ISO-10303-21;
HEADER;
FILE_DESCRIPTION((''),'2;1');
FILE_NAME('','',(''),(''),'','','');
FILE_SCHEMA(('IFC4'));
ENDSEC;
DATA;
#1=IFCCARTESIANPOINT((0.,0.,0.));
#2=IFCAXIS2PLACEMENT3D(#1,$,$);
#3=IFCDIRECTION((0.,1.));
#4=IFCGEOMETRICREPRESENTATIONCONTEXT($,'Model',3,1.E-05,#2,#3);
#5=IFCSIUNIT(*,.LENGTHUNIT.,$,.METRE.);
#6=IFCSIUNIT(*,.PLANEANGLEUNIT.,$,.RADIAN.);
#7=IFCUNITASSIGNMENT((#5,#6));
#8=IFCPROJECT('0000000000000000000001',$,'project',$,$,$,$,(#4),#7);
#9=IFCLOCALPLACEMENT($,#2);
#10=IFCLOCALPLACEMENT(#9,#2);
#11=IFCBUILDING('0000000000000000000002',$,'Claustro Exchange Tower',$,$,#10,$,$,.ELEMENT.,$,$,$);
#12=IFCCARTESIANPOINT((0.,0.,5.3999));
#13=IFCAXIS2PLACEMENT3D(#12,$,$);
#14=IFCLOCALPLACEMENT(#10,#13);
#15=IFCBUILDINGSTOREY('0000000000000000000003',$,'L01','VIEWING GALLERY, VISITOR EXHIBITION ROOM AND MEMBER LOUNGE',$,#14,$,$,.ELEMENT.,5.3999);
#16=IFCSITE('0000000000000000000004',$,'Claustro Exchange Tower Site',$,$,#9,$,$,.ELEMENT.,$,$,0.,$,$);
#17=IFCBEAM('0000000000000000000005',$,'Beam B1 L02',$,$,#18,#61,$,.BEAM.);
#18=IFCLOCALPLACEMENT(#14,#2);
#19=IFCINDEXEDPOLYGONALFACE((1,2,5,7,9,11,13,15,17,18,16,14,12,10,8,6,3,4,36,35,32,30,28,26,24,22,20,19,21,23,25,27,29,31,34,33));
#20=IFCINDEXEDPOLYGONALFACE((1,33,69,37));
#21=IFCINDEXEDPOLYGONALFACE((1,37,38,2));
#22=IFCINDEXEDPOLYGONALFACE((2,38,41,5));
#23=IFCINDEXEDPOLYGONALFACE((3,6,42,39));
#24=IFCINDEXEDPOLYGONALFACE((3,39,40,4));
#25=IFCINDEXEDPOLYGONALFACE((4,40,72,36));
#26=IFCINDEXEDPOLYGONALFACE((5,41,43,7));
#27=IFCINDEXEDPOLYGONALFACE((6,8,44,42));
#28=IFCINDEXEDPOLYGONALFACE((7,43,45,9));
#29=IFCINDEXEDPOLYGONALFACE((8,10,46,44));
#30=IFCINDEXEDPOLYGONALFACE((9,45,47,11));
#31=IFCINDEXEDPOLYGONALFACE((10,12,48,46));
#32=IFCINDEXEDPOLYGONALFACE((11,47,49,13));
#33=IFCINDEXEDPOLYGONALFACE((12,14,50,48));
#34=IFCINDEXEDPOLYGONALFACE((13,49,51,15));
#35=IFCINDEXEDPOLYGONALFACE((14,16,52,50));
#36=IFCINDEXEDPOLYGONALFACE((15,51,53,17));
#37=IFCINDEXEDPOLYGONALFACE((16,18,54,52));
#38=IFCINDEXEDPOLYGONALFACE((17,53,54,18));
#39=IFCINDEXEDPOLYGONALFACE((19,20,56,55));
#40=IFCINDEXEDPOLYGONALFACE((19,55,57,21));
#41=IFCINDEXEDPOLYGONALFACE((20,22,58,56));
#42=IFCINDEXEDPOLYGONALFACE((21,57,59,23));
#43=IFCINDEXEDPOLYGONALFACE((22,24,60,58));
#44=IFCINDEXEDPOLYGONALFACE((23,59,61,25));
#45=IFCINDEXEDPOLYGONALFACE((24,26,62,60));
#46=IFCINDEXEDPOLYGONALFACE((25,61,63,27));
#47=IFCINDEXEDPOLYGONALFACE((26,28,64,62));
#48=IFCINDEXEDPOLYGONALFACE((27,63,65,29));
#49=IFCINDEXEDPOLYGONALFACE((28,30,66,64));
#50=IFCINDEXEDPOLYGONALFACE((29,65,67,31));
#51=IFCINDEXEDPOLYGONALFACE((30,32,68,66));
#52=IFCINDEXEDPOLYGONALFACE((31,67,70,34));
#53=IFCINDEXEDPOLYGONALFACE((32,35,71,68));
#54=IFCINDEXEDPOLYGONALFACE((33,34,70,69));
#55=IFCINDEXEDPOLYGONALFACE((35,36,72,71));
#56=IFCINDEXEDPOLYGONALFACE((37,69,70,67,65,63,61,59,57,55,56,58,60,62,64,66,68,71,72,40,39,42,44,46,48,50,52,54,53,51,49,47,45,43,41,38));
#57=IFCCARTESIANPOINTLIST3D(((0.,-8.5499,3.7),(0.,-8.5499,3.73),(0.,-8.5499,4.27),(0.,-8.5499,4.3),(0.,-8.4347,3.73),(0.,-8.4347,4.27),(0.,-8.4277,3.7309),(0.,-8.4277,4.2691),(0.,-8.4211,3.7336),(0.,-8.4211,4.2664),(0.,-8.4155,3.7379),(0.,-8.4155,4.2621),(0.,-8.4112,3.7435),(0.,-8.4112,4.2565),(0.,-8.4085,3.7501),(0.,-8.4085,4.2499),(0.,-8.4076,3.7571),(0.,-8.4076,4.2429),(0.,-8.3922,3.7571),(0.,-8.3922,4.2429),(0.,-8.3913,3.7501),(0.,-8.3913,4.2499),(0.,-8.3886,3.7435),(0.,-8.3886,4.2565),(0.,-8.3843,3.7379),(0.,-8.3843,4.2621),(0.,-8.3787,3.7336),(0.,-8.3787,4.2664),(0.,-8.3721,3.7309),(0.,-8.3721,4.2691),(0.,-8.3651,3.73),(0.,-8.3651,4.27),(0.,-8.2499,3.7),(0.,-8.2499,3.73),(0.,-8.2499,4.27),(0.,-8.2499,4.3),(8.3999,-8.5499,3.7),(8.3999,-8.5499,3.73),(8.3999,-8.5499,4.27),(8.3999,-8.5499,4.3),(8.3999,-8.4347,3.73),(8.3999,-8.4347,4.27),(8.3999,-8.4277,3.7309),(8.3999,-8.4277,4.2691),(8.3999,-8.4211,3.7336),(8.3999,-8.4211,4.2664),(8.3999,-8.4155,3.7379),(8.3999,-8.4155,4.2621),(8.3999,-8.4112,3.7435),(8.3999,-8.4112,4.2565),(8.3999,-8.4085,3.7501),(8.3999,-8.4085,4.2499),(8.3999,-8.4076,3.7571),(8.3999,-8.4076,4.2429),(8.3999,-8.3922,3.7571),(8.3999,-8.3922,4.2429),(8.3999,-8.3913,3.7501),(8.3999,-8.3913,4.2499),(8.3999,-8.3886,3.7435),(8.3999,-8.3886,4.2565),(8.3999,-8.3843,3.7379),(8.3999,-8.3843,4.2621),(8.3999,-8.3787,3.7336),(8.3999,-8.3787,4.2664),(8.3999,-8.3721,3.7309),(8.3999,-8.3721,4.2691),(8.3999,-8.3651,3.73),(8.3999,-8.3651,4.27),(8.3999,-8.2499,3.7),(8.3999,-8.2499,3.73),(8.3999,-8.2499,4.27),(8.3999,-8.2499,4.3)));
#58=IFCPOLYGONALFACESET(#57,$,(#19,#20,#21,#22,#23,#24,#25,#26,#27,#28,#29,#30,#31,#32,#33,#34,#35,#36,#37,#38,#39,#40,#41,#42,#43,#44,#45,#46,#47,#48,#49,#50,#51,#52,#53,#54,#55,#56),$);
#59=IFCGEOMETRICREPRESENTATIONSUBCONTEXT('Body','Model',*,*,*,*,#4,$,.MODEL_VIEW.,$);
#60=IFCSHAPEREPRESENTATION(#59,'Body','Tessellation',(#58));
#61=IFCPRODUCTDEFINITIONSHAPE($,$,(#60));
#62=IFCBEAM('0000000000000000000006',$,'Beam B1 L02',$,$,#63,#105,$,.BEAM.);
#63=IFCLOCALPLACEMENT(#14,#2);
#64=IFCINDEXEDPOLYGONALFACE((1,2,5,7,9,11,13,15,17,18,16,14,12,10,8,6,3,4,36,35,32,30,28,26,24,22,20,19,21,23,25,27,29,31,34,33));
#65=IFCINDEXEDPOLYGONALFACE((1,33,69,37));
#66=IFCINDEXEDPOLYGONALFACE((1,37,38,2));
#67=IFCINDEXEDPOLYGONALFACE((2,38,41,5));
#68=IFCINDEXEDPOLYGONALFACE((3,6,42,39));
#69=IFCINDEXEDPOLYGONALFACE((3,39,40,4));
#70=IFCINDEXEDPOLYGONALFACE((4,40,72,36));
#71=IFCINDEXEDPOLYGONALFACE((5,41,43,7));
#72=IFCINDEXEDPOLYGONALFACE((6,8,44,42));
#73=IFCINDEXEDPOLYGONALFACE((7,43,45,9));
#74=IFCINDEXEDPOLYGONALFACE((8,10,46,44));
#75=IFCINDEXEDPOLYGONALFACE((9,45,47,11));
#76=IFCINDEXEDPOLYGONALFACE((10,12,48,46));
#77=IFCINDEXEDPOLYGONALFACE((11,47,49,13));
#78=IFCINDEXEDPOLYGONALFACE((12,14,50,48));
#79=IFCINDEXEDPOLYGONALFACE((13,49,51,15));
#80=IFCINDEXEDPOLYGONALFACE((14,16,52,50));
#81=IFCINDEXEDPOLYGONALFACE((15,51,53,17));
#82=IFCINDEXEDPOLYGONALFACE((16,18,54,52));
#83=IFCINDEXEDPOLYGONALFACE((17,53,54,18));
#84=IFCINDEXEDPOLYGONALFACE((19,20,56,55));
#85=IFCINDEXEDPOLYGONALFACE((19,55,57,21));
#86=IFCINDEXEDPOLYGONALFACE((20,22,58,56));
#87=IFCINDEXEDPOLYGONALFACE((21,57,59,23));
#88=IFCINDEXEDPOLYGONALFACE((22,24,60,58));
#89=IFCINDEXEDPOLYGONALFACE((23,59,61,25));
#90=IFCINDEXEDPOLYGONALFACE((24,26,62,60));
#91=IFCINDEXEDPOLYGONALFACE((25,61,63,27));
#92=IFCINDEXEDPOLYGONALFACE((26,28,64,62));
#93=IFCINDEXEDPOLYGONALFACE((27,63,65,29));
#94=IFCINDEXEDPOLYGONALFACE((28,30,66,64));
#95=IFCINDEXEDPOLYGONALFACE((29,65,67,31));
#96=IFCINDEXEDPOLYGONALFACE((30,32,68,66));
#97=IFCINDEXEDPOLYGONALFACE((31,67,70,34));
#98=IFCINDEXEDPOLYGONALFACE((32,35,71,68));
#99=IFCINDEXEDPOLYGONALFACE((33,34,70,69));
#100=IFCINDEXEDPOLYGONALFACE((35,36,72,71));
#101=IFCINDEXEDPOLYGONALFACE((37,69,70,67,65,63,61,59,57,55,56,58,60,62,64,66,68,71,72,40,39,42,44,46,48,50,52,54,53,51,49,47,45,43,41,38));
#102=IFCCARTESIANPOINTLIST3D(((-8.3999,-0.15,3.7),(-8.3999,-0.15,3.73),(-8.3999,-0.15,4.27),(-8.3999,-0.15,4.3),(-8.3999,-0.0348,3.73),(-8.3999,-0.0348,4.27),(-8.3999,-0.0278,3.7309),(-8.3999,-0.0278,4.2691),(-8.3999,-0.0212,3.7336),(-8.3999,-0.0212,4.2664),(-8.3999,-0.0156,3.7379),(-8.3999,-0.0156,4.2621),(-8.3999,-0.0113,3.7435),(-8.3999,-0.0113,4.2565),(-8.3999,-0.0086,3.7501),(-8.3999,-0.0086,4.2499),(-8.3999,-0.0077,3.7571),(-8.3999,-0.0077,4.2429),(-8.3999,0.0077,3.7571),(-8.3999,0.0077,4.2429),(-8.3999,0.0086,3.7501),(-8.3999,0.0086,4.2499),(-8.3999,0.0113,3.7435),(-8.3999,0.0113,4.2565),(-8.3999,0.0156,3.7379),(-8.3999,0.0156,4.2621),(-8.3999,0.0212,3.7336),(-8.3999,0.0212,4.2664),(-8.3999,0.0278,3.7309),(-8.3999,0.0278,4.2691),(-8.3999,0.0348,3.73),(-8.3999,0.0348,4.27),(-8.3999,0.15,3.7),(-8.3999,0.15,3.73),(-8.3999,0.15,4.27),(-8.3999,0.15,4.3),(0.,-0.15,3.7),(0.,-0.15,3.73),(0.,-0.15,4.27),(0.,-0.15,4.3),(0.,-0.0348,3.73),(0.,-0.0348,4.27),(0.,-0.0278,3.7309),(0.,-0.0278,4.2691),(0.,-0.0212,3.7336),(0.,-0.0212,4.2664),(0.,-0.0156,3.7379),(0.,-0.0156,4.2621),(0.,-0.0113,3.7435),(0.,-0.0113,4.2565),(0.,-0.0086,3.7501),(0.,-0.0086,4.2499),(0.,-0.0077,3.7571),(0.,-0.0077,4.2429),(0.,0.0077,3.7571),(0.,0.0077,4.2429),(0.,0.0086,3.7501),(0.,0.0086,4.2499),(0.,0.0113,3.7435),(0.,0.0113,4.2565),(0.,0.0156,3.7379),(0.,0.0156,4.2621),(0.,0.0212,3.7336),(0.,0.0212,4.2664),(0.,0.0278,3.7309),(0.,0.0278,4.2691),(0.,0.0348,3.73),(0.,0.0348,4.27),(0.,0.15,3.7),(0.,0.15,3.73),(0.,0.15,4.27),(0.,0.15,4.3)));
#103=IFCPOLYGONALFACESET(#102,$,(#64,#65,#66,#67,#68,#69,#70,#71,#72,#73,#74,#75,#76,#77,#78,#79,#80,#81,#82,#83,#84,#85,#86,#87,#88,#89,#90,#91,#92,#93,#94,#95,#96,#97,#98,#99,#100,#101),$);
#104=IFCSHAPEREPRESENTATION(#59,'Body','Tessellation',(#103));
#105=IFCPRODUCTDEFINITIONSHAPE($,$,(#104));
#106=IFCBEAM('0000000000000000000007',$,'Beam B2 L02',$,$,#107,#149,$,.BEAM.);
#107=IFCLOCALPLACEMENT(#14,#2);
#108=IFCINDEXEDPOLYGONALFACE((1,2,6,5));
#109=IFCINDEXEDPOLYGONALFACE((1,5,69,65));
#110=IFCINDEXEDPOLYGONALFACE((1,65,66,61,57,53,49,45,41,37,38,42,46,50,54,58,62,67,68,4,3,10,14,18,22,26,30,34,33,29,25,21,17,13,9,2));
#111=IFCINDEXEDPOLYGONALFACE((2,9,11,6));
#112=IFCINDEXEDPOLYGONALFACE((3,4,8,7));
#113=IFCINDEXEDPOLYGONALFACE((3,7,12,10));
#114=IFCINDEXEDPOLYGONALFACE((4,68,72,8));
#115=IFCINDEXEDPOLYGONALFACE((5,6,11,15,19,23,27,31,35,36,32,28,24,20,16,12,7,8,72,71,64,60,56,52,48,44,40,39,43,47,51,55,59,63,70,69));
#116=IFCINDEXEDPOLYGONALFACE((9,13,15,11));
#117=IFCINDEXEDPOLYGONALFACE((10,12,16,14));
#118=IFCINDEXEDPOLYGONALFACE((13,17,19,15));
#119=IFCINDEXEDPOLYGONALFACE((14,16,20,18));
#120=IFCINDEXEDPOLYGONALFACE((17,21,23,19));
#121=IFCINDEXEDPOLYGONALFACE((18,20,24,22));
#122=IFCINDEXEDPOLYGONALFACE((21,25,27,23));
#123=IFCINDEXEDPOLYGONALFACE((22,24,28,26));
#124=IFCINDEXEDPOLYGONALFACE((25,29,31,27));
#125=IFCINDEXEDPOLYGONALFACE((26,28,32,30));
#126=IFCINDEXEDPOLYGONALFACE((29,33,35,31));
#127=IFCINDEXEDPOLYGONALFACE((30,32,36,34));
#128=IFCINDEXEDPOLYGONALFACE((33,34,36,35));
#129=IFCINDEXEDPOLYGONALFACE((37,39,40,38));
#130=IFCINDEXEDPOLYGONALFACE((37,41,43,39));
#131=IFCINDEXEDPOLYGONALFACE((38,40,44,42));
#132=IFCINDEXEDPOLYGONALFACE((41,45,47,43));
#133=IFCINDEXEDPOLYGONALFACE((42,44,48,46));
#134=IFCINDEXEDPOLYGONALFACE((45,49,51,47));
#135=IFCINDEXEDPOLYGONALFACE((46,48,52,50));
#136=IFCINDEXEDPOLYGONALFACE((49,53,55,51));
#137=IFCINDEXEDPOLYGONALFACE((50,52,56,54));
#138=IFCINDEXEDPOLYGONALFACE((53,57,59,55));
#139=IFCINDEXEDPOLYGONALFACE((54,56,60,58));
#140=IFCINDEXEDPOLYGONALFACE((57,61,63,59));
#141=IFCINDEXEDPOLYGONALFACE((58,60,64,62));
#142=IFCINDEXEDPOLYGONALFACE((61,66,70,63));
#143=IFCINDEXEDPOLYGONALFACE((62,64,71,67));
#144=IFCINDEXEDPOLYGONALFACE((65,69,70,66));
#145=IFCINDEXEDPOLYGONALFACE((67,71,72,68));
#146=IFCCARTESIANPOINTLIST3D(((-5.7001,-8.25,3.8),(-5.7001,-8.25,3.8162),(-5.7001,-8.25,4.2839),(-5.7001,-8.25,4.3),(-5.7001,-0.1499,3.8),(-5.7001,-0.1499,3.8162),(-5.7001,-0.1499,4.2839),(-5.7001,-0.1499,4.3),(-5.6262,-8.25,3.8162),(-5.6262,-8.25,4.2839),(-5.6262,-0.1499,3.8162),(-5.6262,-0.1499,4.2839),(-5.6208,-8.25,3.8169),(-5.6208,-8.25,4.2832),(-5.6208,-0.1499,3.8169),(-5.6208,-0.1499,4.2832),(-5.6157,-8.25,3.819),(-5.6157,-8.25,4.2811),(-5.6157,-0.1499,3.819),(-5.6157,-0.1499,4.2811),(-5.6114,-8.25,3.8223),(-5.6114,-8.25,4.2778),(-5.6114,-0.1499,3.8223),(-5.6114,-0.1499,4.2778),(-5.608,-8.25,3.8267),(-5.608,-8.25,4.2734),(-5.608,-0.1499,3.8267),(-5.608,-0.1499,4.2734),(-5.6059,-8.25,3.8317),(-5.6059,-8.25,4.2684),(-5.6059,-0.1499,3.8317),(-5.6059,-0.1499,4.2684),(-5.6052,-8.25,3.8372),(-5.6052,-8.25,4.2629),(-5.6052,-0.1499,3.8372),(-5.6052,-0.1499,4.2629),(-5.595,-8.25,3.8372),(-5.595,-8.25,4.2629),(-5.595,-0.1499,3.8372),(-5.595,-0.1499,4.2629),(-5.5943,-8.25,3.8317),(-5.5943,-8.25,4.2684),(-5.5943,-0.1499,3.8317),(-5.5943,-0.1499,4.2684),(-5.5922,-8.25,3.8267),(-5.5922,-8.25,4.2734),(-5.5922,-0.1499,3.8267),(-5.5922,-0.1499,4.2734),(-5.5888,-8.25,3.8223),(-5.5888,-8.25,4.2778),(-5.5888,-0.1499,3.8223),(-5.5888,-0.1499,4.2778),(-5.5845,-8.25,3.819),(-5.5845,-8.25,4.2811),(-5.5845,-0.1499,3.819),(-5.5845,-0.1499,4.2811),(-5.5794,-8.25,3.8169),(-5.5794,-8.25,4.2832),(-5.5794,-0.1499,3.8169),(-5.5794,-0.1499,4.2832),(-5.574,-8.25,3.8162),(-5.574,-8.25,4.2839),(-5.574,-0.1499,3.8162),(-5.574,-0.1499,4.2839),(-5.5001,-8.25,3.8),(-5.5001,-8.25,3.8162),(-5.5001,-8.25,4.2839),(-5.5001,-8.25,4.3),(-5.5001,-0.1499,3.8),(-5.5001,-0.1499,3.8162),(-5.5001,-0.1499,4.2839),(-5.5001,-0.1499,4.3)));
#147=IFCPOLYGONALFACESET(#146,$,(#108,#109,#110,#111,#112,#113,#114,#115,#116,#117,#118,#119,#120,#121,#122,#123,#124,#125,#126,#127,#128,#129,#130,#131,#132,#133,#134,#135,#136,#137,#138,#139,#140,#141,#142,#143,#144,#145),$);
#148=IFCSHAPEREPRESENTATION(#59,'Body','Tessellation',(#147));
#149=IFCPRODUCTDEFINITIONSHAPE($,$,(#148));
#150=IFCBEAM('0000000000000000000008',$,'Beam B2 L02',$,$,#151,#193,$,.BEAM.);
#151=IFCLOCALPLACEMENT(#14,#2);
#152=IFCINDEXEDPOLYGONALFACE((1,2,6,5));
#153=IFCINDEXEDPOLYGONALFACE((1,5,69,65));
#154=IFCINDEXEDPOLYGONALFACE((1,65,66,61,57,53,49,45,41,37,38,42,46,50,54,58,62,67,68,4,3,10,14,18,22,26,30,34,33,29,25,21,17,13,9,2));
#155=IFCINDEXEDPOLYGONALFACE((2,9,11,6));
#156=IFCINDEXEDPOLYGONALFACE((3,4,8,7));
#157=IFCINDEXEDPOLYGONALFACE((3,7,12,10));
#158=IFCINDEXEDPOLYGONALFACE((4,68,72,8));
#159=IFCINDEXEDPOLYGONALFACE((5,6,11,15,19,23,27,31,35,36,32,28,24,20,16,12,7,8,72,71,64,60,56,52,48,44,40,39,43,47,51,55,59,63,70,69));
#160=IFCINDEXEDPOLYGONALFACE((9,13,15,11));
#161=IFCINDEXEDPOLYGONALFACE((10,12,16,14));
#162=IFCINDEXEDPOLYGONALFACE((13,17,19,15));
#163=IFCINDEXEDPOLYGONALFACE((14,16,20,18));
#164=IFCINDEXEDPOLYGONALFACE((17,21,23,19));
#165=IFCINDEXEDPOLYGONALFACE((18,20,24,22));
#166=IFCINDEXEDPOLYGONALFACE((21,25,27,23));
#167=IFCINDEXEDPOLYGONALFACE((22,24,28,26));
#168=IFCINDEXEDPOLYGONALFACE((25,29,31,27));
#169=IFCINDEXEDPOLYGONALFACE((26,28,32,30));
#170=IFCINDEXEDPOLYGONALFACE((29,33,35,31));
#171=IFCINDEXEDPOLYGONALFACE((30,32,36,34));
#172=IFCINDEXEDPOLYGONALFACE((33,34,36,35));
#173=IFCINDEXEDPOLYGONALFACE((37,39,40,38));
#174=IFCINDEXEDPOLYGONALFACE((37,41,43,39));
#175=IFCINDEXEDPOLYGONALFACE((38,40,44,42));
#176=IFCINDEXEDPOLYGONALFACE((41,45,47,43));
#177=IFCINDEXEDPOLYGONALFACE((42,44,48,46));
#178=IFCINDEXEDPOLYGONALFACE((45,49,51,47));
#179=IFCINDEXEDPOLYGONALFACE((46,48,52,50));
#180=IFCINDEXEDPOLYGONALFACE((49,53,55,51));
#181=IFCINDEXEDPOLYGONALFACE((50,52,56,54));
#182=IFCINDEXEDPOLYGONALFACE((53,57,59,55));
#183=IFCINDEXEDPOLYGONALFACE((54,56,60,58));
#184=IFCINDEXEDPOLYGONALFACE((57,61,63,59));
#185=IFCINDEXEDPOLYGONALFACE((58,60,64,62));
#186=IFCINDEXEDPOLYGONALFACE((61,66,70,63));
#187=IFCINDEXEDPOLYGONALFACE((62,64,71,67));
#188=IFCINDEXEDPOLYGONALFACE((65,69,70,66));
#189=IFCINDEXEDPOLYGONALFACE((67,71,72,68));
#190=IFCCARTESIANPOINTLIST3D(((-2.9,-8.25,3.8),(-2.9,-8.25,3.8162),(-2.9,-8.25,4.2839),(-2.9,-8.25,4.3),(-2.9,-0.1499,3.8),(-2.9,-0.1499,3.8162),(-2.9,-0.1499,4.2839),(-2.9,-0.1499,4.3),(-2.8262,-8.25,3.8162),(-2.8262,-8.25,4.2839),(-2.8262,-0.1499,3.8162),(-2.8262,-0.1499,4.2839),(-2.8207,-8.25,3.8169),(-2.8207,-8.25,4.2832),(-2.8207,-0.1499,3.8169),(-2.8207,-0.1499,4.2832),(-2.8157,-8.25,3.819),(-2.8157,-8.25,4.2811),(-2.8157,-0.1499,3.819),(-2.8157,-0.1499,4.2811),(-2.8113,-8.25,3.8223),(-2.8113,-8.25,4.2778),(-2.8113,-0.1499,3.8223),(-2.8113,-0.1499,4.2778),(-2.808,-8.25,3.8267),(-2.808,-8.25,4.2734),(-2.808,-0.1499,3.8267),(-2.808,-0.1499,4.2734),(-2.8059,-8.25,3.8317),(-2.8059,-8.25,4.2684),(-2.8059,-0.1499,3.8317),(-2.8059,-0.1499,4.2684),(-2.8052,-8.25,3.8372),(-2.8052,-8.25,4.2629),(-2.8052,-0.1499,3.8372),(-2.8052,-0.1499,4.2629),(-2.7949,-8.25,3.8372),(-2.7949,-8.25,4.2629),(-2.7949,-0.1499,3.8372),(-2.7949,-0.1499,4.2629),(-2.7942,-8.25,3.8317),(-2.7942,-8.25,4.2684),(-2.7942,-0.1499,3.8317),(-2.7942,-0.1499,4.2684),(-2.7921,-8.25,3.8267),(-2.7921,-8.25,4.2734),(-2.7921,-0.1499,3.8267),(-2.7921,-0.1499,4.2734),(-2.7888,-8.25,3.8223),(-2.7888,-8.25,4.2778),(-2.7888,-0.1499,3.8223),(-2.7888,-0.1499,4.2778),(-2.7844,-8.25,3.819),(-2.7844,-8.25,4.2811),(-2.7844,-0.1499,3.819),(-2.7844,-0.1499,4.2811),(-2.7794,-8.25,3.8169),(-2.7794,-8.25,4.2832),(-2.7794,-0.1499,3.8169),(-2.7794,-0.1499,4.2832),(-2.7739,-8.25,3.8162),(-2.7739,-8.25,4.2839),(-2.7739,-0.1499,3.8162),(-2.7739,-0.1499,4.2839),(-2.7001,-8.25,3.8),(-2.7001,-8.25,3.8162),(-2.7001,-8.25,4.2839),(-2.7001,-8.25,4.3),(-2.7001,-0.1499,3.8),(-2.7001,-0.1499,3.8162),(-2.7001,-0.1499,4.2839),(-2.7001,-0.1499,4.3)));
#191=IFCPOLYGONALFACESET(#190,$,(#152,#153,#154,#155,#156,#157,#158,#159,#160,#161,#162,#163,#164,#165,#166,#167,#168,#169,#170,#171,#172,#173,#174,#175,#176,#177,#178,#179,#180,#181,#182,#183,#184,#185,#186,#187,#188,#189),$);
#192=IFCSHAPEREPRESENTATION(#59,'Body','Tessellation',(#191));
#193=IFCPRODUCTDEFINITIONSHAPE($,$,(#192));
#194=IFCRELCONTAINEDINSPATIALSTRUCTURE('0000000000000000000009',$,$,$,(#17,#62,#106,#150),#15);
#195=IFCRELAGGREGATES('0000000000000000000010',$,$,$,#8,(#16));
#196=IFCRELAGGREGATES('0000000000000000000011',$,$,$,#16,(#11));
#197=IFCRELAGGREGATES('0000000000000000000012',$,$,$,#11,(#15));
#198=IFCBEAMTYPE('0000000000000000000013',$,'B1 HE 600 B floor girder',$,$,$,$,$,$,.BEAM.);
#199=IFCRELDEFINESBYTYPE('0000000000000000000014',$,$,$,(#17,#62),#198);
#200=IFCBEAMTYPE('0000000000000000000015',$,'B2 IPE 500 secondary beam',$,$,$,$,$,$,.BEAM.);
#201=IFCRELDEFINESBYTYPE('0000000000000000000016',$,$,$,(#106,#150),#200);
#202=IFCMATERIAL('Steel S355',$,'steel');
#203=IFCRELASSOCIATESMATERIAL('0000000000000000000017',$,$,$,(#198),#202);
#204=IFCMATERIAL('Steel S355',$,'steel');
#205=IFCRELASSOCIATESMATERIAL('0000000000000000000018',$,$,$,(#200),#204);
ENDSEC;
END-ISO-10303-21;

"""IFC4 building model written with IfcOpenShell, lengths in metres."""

from ifc_helpers import new_model, si_unit, direction, frame, origin, origin_2d, place, context, subcontext, project, spatial, i_section, extrude, material, material_profile, profile_set, type_object, element, save


model = new_model("IFC4")

# Units and contexts
model_context = context("Model", 3, precision=1e-05, world=origin(), true_north=direction((0.0, 1.0)))
body_context = subcontext(model_context, "Body", "Model", "MODEL_VIEW")
ifc_project = project(units=[si_unit("LENGTHUNIT", "METRE"), si_unit("PLANEANGLEUNIT", "RADIAN")], contexts=[model_context])

# Site, building, storey
site_placement = place(None, origin())
site = spatial("IfcSite", under=ifc_project, at=site_placement, Name="Claustro Exchange Tower Site", CompositionType="ELEMENT", RefElevation=0.0)
building_placement = place(site_placement, origin())
building = spatial("IfcBuilding", under=site, at=building_placement, Name="Claustro Exchange Tower", CompositionType="ELEMENT")
storey_placement = place(building_placement, frame((0.0, 0.0, 5.3999)))
storey = spatial("IfcBuildingStorey", under=building, at=storey_placement, Name="L01", Description="VIEWING GALLERY, VISITOR EXHIBITION ROOM AND MEMBER LOUNGE", CompositionType="ELEMENT", Elevation=5.3999)

# Beams
ifc_material_1 = material(Name="Steel S355", Category="steel")
ifc_material_profile_1 = material_profile(ifc_material_1, i_section(OverallWidth=0.3, OverallDepth=0.6001, WebThickness=0.0154, FlangeThickness=0.03, FilletRadius=0.0271, at=origin_2d()), Name="HE 600 B")
ifc_profile_set_1 = profile_set([ifc_material_profile_1], Name="Steel S355")
beam_type_1 = type_object("IfcBeamType", Name="B1 HE 600 B floor girder", PredefinedType="BEAM", material=ifc_profile_set_1)
for number, where, z_axis, x_axis, name in (
    (1, (0.0, -8.3999, 4.0), (1.0, 0.0, 0.0), (0.0, 1.0, 0.0), "Beam B1 L02"),
    (2, (-8.3999, 0.0, 4.0), (1.0, 0.0, 0.0), (0.0, 1.0, 0.0), "Beam B1 L02"),
):
    element("IfcBeam", number, at=place(storey_placement, frame(where, z_axis=z_axis, x_axis=x_axis)), inside=storey, type_object=beam_type_1, Name=name, PredefinedType="BEAM", context=body_context, shape_type="SweptSolid", body=[
        extrude(i_section(OverallWidth=0.3, OverallDepth=0.6001, WebThickness=0.0154, FlangeThickness=0.03, FilletRadius=0.0271, at=origin_2d()), origin(), (0.0, 0.0, 1.0), 8.3999),
    ])
ifc_material_2 = material(Name="Steel S355", Category="steel")
ifc_material_profile_2 = material_profile(ifc_material_2, i_section(OverallWidth=0.2, OverallDepth=0.5, WebThickness=0.0103, FlangeThickness=0.0161, FilletRadius=0.021, at=origin_2d()), Name="IPE 500")
ifc_profile_set_2 = profile_set([ifc_material_profile_2], Name="Steel S355")
beam_type_2 = type_object("IfcBeamType", Name="B2 IPE 500 secondary beam", PredefinedType="BEAM", material=ifc_profile_set_2)
for number, where, z_axis, x_axis, name in (
    (3, (-5.6001, -8.25, 4.05), (0.0, 1.0, 0.0), (-1.0, 0.0, 0.0), "Beam B2 L02"),
    (4, (-2.8, -8.25, 4.05), (0.0, 1.0, 0.0), (-1.0, 0.0, 0.0), "Beam B2 L02"),
):
    element("IfcBeam", number, at=place(storey_placement, frame(where, z_axis=z_axis, x_axis=x_axis)), inside=storey, type_object=beam_type_2, Name=name, PredefinedType="BEAM", context=body_context, shape_type="SweptSolid", body=[
        extrude(i_section(OverallWidth=0.2, OverallDepth=0.5, WebThickness=0.0103, FlangeThickness=0.0161, FilletRadius=0.021, at=origin_2d()), origin(), (0.0, 0.0, 1.0), 8.1001),
    ])

save(model, "model.ifc")
